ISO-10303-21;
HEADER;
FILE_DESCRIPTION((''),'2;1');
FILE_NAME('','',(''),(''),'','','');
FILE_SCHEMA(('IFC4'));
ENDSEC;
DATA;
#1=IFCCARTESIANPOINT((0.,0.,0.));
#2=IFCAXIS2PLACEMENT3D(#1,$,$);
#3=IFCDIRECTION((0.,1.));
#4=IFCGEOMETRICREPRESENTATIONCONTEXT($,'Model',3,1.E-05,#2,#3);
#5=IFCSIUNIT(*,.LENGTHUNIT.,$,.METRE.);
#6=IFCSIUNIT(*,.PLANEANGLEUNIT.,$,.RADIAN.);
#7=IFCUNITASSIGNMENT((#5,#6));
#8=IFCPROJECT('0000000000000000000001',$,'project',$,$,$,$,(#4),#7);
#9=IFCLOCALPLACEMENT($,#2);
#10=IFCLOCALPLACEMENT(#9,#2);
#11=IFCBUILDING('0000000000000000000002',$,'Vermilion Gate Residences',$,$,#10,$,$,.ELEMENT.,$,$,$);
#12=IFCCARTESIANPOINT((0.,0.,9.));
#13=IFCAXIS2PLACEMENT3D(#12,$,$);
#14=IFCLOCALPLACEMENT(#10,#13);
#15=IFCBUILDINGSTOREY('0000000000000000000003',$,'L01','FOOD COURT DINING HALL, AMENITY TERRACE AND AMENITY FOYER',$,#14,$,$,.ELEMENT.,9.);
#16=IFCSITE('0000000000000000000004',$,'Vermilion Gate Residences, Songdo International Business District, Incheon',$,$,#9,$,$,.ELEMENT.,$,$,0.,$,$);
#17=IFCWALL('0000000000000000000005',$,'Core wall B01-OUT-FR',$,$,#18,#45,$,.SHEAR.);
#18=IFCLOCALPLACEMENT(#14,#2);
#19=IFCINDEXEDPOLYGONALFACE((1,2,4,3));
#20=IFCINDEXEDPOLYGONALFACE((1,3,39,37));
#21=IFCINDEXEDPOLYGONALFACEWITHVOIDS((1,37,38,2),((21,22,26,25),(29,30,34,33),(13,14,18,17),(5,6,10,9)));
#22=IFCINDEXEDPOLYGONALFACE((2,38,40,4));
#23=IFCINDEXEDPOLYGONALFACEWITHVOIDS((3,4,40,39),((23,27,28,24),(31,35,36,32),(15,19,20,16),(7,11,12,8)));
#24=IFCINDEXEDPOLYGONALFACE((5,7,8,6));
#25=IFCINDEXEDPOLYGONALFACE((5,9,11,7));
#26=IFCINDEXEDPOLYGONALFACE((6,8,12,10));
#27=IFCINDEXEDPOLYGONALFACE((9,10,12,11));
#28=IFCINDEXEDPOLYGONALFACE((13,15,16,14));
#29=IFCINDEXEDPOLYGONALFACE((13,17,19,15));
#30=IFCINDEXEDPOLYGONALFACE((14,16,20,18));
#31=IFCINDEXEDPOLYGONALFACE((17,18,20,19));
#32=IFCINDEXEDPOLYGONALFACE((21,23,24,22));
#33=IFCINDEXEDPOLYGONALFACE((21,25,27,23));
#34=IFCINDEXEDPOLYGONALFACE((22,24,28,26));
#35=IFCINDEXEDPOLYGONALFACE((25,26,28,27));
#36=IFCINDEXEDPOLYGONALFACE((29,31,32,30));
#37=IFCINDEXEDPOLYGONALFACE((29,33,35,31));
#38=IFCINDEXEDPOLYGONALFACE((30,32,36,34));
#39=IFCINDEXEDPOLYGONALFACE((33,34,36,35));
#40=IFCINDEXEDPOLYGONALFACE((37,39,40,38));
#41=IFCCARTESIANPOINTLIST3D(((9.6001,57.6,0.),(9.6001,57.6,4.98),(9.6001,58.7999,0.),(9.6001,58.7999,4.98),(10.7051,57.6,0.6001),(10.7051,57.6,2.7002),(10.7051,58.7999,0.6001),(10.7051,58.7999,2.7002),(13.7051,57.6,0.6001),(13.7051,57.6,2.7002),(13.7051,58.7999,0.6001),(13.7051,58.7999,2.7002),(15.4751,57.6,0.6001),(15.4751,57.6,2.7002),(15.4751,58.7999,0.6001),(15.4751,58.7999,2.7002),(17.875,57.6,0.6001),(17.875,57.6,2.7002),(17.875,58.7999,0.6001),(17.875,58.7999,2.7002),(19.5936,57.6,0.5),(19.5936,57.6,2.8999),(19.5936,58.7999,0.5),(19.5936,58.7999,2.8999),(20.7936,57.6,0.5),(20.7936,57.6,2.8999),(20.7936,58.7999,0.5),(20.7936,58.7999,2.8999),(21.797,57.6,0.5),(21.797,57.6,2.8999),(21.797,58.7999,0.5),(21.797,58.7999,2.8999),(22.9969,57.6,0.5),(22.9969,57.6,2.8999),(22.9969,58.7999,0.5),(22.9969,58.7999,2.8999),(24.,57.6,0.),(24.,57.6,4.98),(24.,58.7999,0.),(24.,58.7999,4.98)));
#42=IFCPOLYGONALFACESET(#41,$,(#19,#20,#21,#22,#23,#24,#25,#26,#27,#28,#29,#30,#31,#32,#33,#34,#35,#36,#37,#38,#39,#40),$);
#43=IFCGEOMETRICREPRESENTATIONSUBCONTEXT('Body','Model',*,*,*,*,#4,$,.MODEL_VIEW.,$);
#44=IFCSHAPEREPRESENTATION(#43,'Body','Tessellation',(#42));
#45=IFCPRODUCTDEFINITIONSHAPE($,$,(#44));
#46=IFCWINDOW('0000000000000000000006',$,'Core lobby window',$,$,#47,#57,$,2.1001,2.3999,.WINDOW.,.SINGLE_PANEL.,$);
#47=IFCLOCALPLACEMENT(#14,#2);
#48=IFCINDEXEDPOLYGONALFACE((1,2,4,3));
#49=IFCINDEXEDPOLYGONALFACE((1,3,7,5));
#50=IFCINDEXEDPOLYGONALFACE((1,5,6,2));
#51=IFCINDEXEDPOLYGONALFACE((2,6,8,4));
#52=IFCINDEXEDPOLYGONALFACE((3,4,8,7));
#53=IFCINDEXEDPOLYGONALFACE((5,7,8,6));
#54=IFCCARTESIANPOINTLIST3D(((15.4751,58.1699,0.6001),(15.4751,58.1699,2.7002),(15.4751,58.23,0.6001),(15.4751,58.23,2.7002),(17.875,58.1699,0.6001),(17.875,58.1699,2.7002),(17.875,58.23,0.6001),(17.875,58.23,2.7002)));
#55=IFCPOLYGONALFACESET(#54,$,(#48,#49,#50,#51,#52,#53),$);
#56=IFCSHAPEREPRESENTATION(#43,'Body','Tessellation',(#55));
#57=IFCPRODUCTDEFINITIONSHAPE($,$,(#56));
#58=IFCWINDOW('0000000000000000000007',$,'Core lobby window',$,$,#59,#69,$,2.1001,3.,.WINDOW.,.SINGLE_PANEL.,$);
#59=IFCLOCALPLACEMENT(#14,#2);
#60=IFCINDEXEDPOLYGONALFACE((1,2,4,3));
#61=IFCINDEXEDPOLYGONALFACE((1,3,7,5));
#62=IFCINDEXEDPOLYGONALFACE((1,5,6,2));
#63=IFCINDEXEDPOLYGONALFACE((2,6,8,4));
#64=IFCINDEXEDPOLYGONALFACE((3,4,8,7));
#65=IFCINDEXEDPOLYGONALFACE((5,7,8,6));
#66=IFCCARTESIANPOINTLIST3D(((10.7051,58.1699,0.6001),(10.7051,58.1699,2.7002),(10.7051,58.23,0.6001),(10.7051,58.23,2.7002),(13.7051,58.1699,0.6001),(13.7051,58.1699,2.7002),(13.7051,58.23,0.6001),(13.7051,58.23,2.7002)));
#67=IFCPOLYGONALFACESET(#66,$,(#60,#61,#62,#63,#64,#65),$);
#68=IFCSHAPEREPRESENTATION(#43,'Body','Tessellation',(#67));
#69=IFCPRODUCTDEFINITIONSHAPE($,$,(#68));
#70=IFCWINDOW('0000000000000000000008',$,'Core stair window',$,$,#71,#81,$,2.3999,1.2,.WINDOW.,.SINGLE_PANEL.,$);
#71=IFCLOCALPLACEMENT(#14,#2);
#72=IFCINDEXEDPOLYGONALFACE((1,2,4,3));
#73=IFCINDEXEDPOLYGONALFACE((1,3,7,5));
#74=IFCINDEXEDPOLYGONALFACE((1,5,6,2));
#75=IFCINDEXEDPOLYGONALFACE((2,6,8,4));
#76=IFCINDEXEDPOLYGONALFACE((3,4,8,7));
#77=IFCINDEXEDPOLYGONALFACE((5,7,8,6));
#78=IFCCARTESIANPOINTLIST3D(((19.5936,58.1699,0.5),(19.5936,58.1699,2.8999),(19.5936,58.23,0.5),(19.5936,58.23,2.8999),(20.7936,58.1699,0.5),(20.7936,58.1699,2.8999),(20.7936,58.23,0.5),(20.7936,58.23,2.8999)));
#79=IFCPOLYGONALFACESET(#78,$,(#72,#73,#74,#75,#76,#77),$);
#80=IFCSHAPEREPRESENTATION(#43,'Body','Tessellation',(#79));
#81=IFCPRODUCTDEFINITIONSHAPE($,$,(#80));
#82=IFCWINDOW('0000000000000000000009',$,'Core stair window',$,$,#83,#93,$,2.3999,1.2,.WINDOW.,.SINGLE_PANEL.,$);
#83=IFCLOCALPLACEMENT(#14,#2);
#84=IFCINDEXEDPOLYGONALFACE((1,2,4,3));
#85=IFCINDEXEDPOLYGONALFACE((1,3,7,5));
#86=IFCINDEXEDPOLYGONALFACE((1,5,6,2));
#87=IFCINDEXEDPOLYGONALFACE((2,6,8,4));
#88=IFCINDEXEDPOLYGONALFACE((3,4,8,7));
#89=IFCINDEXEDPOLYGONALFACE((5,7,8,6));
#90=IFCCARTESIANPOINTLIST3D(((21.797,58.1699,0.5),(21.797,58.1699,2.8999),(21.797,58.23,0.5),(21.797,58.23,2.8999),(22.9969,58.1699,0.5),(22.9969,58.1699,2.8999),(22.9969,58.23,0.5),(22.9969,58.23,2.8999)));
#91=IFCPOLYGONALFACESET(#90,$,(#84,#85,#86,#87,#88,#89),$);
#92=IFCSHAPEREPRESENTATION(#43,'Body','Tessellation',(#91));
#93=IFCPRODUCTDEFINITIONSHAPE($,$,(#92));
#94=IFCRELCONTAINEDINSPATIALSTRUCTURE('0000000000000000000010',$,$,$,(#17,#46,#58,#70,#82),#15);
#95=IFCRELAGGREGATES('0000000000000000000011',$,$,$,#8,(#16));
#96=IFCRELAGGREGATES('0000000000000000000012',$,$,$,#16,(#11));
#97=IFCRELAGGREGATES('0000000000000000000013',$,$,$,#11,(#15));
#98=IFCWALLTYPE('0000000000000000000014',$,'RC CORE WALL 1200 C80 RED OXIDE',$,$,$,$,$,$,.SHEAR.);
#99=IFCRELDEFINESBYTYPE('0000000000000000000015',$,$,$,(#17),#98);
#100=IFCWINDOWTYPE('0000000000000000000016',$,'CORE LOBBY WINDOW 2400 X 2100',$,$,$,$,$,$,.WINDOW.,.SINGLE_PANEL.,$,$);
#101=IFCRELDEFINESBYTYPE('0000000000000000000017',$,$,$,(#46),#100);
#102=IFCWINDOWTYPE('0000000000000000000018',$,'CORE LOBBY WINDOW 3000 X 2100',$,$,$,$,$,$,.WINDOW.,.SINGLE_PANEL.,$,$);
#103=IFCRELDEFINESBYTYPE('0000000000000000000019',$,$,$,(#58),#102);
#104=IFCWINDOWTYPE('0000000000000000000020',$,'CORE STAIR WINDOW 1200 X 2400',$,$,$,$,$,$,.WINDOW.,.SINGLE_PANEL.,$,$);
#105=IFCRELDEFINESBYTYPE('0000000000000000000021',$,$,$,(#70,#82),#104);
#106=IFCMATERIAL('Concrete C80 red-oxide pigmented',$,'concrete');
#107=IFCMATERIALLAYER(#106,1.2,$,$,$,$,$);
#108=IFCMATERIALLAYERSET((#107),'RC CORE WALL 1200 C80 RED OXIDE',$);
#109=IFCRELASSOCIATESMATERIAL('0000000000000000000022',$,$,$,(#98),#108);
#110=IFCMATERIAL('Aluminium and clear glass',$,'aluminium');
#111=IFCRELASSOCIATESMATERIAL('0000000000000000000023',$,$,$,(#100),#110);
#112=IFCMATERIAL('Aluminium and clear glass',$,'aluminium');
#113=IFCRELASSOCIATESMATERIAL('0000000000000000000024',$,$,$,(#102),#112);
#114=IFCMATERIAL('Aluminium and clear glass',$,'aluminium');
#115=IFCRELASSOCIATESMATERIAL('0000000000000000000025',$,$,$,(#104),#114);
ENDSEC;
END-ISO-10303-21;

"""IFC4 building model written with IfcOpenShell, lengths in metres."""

from ifc_helpers import new_model, si_unit, direction, frame, frame_2d, origin, place, context, subcontext, project, spatial, rectangle, extrude, material, layer, layer_set, type_object, element, fill, save


model = new_model("IFC4")

# Units and contexts
model_context = context("Model", 3, precision=1e-05, world=origin(), true_north=direction((0.0, 1.0)))
body_context = subcontext(model_context, "Body", "Model", "MODEL_VIEW")
ifc_project = project(units=[si_unit("LENGTHUNIT", "METRE"), si_unit("PLANEANGLEUNIT", "RADIAN")], contexts=[model_context])

# Site, building, storey
site_placement = place(None, origin())
site = spatial("IfcSite", under=ifc_project, at=site_placement, Name="Vermilion Gate Residences, Songdo International Business District, Incheon", CompositionType="ELEMENT", RefElevation=0.0)
building_placement = place(site_placement, origin())
building = spatial("IfcBuilding", under=site, at=building_placement, Name="Vermilion Gate Residences", CompositionType="ELEMENT")
storey_placement = place(building_placement, frame((0.0, 0.0, 9.0)))
storey = spatial("IfcBuildingStorey", under=building, at=storey_placement, Name="L01", Description="FOOD COURT DINING HALL, AMENITY TERRACE AND AMENITY FOYER", CompositionType="ELEMENT", Elevation=9.0)

# Wall, openings, windows
ifc_material_1 = material(Name="Concrete C80 red-oxide pigmented", Category="concrete")
ifc_layer_1 = layer(ifc_material_1, 1.2)
ifc_layer_set_1 = layer_set([ifc_layer_1], Name="RC CORE WALL 1200 C80 RED OXIDE")
wall_type_1 = type_object("IfcWallType", Name="RC CORE WALL 1200 C80 RED OXIDE", PredefinedType="SHEAR", material=ifc_layer_set_1)
wall_1_placement = place(storey_placement, frame((9.6001, 58.2, 0.0), z_axis=(0.0, 0.0, 1.0), x_axis=(1.0, 0.0, 0.0)))
wall_1 = element("IfcWall", 1, at=wall_1_placement, inside=storey, type_object=wall_type_1, Name="Core wall B01-OUT-FR", PredefinedType="SHEAR", context=body_context, shape_type="SweptSolid", body=[
    extrude(rectangle(XDim=14.3999, YDim=1.2, at=frame_2d((7.2, 0.0))), origin(), (0.0, 0.0, 1.0), 4.98),
])
opening_1_placement = place(wall_1_placement, frame((1.105, 0.0, 0.6001)))
opening_1 = element("IfcOpeningElement", 2, at=opening_1_placement, cuts=wall_1, PredefinedType="OPENING", context=body_context, shape_type="SweptSolid", body=[
    extrude(rectangle(XDim=3.0, YDim=2.1001, at=frame_2d((1.5, 1.05))), frame((0.0, 0.6099, 0.0), z_axis=(0.0, -1.0, 0.0), x_axis=(1.0, 0.0, 0.0)), (0.0, 0.0, 1.0), 1.22),
])
opening_2_placement = place(wall_1_placement, frame((5.875, 0.0, 0.6001)))
opening_2 = element("IfcOpeningElement", 3, at=opening_2_placement, cuts=wall_1, PredefinedType="OPENING", context=body_context, shape_type="SweptSolid", body=[
    extrude(rectangle(XDim=2.3999, YDim=2.1001, at=frame_2d((1.2, 1.05))), frame((0.0, 0.6099, 0.0), z_axis=(0.0, -1.0, 0.0), x_axis=(1.0, 0.0, 0.0)), (0.0, 0.0, 1.0), 1.22),
])
opening_3_placement = place(wall_1_placement, frame((9.9934, 0.0, 0.5)))
opening_3 = element("IfcOpeningElement", 4, at=opening_3_placement, cuts=wall_1, PredefinedType="OPENING", context=body_context, shape_type="SweptSolid", body=[
    extrude(rectangle(XDim=1.2, YDim=2.3999, at=frame_2d((0.6001, 1.2))), frame((0.0, 0.6099, 0.0), z_axis=(0.0, -1.0, 0.0), x_axis=(1.0, 0.0, 0.0)), (0.0, 0.0, 1.0), 1.22),
])
opening_4_placement = place(wall_1_placement, frame((12.1968, 0.0, 0.5)))
opening_4 = element("IfcOpeningElement", 5, at=opening_4_placement, cuts=wall_1, PredefinedType="OPENING", context=body_context, shape_type="SweptSolid", body=[
    extrude(rectangle(XDim=1.2, YDim=2.3999, at=frame_2d((0.6001, 1.2))), frame((0.0, 0.6099, 0.0), z_axis=(0.0, -1.0, 0.0), x_axis=(1.0, 0.0, 0.0)), (0.0, 0.0, 1.0), 1.22),
])
ifc_material_2 = material(Name="Aluminium and clear glass", Category="aluminium")
window_type_1 = type_object("IfcWindowType", Name="CORE LOBBY WINDOW 2400 X 2100", PartitioningType="SINGLE_PANEL", PredefinedType="WINDOW", material=ifc_material_2)
window_1_placement = place(opening_2_placement, origin())
window_1 = element("IfcWindow", 6, at=window_1_placement, inside=storey, type_object=window_type_1, Name="Core lobby window", OverallHeight=2.1001, OverallWidth=2.3999, PartitioningType="SINGLE_PANEL", PredefinedType="WINDOW", context=body_context, shape_type="SweptSolid", body=[
    extrude(rectangle(XDim=2.3999, YDim=2.1001, at=frame_2d((1.2, 1.05))), frame((0.0, 0.03, 0.0), z_axis=(0.0, -1.0, 0.0), x_axis=(1.0, 0.0, 0.0)), (0.0, 0.0, 1.0), 0.0601),
])
fill(opening_2, window_1)
ifc_material_3 = material(Name="Aluminium and clear glass", Category="aluminium")
window_type_2 = type_object("IfcWindowType", Name="CORE LOBBY WINDOW 3000 X 2100", PartitioningType="SINGLE_PANEL", PredefinedType="WINDOW", material=ifc_material_3)
window_2_placement = place(opening_1_placement, origin())
window_2 = element("IfcWindow", 7, at=window_2_placement, inside=storey, type_object=window_type_2, Name="Core lobby window", OverallHeight=2.1001, OverallWidth=3.0, PartitioningType="SINGLE_PANEL", PredefinedType="WINDOW", context=body_context, shape_type="SweptSolid", body=[
    extrude(rectangle(XDim=3.0, YDim=2.1001, at=frame_2d((1.5, 1.05))), frame((0.0, 0.03, 0.0), z_axis=(0.0, -1.0, 0.0), x_axis=(1.0, 0.0, 0.0)), (0.0, 0.0, 1.0), 0.0601),
])
fill(opening_1, window_2)
ifc_material_4 = material(Name="Aluminium and clear glass", Category="aluminium")
window_type_3 = type_object("IfcWindowType", Name="CORE STAIR WINDOW 1200 X 2400", PartitioningType="SINGLE_PANEL", PredefinedType="WINDOW", material=ifc_material_4)
window_3_placement = place(opening_3_placement, origin())
window_3 = element("IfcWindow", 8, at=window_3_placement, inside=storey, type_object=window_type_3, Name="Core stair window", OverallHeight=2.3999, OverallWidth=1.2, PartitioningType="SINGLE_PANEL", PredefinedType="WINDOW", context=body_context, shape_type="SweptSolid", body=[
    extrude(rectangle(XDim=1.2, YDim=2.3999, at=frame_2d((0.6001, 1.2))), frame((0.0, 0.03, 0.0), z_axis=(0.0, -1.0, 0.0), x_axis=(1.0, 0.0, 0.0)), (0.0, 0.0, 1.0), 0.0601),
])
fill(opening_3, window_3)
window_4_placement = place(opening_4_placement, origin())
window_4 = element("IfcWindow", 9, at=window_4_placement, inside=storey, type_object=window_type_3, Name="Core stair window", OverallHeight=2.3999, OverallWidth=1.2, PartitioningType="SINGLE_PANEL", PredefinedType="WINDOW", context=body_context, shape_type="SweptSolid", body=[
    extrude(rectangle(XDim=1.2, YDim=2.3999, at=frame_2d((0.6001, 1.2))), frame((0.0, 0.03, 0.0), z_axis=(0.0, -1.0, 0.0), x_axis=(1.0, 0.0, 0.0)), (0.0, 0.0, 1.0), 0.0601),
])
fill(opening_4, window_4)

save(model, "model.ifc")
